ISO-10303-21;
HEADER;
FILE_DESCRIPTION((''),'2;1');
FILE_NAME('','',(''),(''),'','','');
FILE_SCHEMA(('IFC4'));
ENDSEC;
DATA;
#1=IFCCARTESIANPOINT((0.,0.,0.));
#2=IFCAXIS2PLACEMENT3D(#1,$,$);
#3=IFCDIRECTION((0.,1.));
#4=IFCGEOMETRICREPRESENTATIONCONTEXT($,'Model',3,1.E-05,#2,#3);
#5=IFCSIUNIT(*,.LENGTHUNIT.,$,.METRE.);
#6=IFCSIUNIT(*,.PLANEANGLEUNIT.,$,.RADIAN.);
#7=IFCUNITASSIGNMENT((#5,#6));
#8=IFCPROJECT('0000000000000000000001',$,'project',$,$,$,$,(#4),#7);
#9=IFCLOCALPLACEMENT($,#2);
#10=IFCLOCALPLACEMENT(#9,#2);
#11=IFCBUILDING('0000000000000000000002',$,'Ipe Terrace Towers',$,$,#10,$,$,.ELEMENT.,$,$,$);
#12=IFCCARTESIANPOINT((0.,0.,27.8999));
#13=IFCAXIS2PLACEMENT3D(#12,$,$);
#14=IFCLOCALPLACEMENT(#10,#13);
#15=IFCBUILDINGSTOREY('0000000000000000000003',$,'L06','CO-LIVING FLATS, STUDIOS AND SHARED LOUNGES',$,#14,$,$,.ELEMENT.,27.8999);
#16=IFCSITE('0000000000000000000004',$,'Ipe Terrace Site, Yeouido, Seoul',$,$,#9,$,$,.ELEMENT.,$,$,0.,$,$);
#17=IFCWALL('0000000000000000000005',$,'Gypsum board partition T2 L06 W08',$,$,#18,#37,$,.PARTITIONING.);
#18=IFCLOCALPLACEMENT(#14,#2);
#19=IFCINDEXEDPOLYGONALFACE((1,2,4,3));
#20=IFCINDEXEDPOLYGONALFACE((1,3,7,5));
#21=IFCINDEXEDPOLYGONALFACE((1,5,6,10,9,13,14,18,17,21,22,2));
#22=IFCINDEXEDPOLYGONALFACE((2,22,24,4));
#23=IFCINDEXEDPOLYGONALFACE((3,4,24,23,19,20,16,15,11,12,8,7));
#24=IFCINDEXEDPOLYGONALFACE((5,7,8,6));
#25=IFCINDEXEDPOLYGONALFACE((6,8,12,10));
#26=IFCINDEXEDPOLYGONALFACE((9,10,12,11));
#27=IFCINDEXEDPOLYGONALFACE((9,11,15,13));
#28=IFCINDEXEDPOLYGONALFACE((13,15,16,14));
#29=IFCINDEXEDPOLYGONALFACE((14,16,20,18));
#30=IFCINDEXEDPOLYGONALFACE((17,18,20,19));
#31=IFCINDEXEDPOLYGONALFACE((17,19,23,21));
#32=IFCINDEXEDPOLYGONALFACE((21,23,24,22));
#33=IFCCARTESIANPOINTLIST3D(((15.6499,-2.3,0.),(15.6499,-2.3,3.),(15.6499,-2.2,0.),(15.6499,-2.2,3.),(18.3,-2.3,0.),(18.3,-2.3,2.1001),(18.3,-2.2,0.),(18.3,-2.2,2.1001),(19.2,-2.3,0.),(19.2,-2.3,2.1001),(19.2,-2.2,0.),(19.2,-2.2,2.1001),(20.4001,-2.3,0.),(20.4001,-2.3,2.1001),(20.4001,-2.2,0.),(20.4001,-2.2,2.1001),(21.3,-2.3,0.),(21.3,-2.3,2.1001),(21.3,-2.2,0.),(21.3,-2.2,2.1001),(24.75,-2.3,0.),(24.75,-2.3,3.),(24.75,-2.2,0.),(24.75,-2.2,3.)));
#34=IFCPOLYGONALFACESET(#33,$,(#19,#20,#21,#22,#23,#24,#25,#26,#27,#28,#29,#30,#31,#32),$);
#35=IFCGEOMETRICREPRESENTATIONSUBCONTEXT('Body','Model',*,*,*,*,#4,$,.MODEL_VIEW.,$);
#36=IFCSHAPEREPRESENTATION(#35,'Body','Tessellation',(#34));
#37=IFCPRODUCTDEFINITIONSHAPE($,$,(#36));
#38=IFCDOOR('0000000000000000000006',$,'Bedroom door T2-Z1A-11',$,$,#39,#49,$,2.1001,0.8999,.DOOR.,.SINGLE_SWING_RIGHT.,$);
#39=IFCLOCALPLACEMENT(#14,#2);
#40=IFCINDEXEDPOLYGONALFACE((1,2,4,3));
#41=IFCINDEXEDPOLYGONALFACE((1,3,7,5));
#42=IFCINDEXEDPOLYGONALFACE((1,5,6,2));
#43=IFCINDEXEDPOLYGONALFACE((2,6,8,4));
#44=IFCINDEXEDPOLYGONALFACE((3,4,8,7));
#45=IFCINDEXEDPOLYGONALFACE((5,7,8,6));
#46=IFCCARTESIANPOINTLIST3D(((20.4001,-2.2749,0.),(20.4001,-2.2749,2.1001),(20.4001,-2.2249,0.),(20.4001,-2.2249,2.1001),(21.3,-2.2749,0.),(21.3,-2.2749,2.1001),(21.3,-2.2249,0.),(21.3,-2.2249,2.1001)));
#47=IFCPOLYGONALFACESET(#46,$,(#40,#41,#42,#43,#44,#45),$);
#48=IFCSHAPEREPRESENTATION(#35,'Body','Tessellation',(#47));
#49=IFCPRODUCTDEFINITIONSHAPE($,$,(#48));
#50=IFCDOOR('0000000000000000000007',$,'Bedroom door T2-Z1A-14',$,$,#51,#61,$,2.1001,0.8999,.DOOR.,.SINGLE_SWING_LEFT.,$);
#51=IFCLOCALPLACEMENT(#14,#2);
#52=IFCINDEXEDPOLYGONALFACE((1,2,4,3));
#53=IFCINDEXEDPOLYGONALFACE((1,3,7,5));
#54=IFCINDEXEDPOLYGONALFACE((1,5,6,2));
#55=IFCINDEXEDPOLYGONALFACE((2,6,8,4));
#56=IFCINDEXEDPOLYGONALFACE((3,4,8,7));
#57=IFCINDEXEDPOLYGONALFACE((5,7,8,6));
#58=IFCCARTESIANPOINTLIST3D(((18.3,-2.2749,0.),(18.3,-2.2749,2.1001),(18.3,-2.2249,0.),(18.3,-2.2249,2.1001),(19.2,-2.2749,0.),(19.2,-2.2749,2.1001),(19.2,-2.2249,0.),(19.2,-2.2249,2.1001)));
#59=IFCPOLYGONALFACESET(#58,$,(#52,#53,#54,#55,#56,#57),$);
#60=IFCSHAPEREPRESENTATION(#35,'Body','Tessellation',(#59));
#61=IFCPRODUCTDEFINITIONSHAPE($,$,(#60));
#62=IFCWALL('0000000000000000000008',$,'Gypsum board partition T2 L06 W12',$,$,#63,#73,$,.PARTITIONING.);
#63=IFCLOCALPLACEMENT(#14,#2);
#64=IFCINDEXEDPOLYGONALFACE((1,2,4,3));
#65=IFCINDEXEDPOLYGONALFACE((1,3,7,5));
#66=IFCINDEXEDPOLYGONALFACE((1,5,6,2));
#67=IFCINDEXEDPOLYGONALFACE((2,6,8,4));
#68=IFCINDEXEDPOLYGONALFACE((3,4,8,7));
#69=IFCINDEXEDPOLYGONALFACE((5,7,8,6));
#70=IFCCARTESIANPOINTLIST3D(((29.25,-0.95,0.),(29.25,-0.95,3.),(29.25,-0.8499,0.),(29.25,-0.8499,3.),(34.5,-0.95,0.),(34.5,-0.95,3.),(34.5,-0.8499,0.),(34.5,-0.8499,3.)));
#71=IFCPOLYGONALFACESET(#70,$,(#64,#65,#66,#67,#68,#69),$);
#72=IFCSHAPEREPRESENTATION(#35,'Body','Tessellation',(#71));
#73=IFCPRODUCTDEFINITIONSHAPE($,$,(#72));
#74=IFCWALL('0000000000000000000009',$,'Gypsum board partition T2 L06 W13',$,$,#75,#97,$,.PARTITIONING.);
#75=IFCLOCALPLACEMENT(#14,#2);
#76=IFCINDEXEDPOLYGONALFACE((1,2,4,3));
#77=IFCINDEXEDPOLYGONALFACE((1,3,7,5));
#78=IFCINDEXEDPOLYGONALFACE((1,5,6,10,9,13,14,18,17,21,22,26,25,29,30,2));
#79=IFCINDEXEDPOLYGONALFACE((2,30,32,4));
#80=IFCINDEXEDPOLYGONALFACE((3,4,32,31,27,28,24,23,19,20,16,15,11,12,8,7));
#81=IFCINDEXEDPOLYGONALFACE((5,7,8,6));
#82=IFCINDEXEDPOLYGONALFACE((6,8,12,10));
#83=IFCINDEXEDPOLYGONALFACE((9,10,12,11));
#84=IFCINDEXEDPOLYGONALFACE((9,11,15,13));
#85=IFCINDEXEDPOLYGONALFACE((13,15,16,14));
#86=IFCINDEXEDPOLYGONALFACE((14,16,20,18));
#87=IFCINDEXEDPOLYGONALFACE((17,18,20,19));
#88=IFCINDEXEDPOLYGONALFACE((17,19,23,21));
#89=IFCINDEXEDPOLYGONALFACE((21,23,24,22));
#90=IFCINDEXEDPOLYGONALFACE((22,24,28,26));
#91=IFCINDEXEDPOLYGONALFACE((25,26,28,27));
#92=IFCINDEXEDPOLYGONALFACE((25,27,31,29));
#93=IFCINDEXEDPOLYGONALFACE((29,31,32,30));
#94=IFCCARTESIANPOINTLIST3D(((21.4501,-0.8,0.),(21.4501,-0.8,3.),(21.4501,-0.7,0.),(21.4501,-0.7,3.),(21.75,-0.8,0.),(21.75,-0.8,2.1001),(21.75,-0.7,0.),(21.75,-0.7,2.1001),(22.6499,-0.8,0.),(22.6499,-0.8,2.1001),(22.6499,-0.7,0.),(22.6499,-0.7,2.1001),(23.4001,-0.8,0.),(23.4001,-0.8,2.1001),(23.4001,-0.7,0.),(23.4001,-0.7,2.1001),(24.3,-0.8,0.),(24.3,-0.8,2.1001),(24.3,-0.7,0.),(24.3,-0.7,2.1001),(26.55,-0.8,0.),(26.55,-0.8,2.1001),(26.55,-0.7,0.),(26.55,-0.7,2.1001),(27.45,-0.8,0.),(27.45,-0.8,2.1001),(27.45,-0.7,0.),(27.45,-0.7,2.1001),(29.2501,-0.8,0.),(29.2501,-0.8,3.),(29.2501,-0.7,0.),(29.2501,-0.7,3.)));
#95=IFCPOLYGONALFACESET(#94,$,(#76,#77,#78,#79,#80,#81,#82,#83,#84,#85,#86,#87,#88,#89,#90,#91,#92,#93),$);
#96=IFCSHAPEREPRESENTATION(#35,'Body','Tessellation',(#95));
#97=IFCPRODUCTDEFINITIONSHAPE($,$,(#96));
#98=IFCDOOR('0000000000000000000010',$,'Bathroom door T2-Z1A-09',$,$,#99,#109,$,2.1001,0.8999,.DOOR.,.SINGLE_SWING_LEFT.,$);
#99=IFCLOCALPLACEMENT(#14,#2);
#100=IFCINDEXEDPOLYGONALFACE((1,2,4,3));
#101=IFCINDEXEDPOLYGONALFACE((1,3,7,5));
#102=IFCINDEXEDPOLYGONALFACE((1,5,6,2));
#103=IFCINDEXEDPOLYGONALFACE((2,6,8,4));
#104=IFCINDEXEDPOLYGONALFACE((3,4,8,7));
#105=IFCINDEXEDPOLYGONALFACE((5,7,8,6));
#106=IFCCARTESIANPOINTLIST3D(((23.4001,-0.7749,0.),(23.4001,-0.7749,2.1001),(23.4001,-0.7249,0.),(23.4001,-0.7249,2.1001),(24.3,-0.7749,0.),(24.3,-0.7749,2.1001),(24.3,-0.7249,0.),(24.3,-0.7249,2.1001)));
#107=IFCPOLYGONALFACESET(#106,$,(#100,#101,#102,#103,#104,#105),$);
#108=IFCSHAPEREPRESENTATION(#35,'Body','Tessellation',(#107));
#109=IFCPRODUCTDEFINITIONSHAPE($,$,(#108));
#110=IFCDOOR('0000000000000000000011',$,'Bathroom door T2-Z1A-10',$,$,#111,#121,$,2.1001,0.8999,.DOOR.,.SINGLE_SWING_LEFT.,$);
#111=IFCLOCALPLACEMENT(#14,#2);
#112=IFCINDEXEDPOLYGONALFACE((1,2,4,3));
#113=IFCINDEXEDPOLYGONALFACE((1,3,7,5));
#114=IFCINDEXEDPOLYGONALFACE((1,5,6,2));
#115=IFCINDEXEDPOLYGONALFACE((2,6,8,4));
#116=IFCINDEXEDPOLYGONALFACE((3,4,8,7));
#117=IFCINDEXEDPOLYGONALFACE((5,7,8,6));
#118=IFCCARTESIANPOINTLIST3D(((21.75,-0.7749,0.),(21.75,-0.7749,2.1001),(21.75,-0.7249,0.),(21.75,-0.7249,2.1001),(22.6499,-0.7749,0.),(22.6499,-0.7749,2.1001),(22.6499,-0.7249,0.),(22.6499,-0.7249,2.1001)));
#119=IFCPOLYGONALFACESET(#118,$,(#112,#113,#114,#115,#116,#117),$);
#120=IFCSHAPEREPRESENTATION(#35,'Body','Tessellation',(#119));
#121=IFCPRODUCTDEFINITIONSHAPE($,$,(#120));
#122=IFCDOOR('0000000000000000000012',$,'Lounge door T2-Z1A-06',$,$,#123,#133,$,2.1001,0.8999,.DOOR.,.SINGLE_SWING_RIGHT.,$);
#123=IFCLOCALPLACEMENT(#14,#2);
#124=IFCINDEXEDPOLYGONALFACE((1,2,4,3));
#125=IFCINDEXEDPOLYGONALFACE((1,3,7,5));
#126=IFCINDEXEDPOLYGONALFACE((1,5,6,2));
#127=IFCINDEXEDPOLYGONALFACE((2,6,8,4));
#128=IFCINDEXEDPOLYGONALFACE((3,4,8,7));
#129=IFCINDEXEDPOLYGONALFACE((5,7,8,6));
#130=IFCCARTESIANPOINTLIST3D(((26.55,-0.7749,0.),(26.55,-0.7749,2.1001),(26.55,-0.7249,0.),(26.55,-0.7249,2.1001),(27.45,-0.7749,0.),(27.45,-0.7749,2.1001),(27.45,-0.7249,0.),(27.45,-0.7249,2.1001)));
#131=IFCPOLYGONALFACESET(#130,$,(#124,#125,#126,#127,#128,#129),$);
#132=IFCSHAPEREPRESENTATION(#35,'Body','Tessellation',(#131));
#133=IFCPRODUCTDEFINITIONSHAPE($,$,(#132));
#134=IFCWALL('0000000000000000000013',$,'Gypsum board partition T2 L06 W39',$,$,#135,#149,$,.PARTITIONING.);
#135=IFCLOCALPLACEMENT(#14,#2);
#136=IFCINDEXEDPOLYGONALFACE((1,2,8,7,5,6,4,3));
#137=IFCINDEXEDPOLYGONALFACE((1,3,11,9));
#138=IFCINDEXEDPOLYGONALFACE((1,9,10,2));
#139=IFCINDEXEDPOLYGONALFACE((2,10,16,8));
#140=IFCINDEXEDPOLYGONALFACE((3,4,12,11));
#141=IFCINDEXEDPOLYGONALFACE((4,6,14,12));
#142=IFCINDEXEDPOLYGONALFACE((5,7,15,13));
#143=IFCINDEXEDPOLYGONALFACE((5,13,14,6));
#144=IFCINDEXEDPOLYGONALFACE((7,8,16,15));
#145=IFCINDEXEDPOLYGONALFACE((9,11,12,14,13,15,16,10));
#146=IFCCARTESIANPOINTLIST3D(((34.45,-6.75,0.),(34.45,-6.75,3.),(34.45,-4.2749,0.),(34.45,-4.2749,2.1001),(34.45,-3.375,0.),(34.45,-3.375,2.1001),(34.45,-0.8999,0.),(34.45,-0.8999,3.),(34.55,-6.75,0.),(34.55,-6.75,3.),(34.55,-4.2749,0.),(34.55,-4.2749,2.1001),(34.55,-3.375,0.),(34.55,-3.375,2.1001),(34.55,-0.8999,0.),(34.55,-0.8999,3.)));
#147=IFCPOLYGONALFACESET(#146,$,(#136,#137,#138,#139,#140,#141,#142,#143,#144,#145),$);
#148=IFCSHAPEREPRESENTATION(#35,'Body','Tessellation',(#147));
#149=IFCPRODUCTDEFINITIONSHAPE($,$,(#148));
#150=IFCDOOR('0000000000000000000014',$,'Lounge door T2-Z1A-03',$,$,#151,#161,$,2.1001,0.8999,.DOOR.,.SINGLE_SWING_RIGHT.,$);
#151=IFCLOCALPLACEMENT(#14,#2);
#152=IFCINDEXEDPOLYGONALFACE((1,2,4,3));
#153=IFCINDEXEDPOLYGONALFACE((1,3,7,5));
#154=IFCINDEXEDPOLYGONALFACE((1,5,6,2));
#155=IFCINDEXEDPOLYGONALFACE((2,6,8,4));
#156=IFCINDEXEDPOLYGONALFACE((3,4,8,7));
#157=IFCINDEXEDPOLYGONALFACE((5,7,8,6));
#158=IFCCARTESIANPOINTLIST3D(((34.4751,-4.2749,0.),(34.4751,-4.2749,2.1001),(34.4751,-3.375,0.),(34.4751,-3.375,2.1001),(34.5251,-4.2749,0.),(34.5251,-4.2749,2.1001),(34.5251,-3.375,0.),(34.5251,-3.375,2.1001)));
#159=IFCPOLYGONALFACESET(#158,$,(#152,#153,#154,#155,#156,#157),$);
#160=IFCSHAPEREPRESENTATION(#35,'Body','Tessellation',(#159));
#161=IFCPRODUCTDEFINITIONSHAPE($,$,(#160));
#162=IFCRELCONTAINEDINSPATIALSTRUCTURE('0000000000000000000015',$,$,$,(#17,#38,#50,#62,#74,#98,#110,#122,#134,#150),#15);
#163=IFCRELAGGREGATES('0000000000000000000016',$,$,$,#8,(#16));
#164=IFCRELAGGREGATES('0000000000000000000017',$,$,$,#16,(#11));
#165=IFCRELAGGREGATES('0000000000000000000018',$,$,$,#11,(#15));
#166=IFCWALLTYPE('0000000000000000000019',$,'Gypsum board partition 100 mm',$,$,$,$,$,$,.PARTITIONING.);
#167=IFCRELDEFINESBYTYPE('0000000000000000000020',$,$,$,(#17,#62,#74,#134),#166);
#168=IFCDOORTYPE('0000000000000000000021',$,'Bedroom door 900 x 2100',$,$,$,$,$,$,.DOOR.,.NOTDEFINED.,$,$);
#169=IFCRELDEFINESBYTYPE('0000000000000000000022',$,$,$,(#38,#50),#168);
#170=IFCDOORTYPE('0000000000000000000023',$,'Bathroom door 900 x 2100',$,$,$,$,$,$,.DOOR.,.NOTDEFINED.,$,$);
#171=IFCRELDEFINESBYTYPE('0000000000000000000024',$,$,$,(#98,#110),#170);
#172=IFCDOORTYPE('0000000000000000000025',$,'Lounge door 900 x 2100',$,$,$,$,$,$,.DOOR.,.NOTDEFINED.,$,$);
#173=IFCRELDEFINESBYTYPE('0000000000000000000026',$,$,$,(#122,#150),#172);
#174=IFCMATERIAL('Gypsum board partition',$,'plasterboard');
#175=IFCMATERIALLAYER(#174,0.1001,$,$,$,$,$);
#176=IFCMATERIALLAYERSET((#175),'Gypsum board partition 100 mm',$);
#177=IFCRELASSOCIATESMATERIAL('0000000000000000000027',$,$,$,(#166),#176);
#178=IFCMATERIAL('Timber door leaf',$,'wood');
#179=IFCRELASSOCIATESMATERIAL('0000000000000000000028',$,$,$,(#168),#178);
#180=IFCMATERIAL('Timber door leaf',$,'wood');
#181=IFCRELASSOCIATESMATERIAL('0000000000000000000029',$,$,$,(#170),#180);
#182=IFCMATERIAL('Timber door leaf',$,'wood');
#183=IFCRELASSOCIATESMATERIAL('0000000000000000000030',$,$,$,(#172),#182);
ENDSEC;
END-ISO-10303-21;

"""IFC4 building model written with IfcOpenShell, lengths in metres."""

from ifc_helpers import new_model, si_unit, direction, frame, frame_2d, origin, place, context, subcontext, project, spatial, rectangle, extrude, material, layer, layer_set, type_object, element, fill, save


model = new_model("IFC4")

# Units and contexts
model_context = context("Model", 3, precision=1e-05, world=origin(), true_north=direction((0.0, 1.0)))
body_context = subcontext(model_context, "Body", "Model", "MODEL_VIEW")
ifc_project = project(units=[si_unit("LENGTHUNIT", "METRE"), si_unit("PLANEANGLEUNIT", "RADIAN")], contexts=[model_context])

# Site, building, storey
site_placement = place(None, origin())
site = spatial("IfcSite", under=ifc_project, at=site_placement, Name="Ipe Terrace Site, Yeouido, Seoul", CompositionType="ELEMENT", RefElevation=0.0)
building_placement = place(site_placement, origin())
building = spatial("IfcBuilding", under=site, at=building_placement, Name="Ipe Terrace Towers", CompositionType="ELEMENT")
storey_placement = place(building_placement, frame((0.0, 0.0, 27.8999)))
storey = spatial("IfcBuildingStorey", under=building, at=storey_placement, Name="L06", Description="CO-LIVING FLATS, STUDIOS AND SHARED LOUNGES", CompositionType="ELEMENT", Elevation=27.8999)

# Wall, openings, doors
ifc_material_1 = material(Name="Gypsum board partition", Category="plasterboard")
ifc_layer_1 = layer(ifc_material_1, 0.1001)
ifc_layer_set_1 = layer_set([ifc_layer_1], Name="Gypsum board partition 100 mm")
wall_type_1 = type_object("IfcWallType", Name="Gypsum board partition 100 mm", PredefinedType="PARTITIONING", material=ifc_layer_set_1)
wall_1_placement = place(storey_placement, frame((24.75, -2.25, 0.0), z_axis=(0.0, 0.0, 1.0), x_axis=(-1.0, 0.0, 0.0)))
wall_1 = element("IfcWall", 1, at=wall_1_placement, inside=storey, type_object=wall_type_1, Name="Gypsum board partition T2 L06 W08", PredefinedType="PARTITIONING", context=body_context, shape_type="SweptSolid", body=[
    extrude(rectangle(XDim=9.1001, YDim=0.1001, at=frame_2d((4.55, 0.0))), origin(), (0.0, 0.0, 1.0), 3.0),
])
opening_1_placement = place(wall_1_placement, frame((3.45, 0.0, 0.0)))
opening_1 = element("IfcOpeningElement", 2, at=opening_1_placement, cuts=wall_1, PredefinedType="OPENING", context=body_context, shape_type="SweptSolid", body=[
    extrude(rectangle(XDim=0.8999, YDim=2.1001, at=frame_2d((0.45, 1.05))), frame((0.0, 0.0601, 0.0), z_axis=(0.0, -1.0, 0.0), x_axis=(1.0, 0.0, 0.0)), (0.0, 0.0, 1.0), 0.1201),
])
opening_2_placement = place(wall_1_placement, frame((5.55, 0.0, 0.0)))
opening_2 = element("IfcOpeningElement", 3, at=opening_2_placement, cuts=wall_1, PredefinedType="OPENING", context=body_context, shape_type="SweptSolid", body=[
    extrude(rectangle(XDim=0.8999, YDim=2.1001, at=frame_2d((0.45, 1.05))), frame((0.0, 0.0601, 0.0), z_axis=(0.0, -1.0, 0.0), x_axis=(1.0, 0.0, 0.0)), (0.0, 0.0, 1.0), 0.1201),
])
ifc_material_2 = material(Name="Timber door leaf", Category="wood")
door_type_1 = type_object("IfcDoorType", Name="Bedroom door 900 x 2100", OperationType="NOTDEFINED", PredefinedType="DOOR", material=ifc_material_2)
door_1_placement = place(opening_1_placement, origin())
door_1 = element("IfcDoor", 4, at=door_1_placement, inside=storey, type_object=door_type_1, Name="Bedroom door T2-Z1A-11", OperationType="SINGLE_SWING_RIGHT", OverallHeight=2.1001, OverallWidth=0.8999, PredefinedType="DOOR", context=body_context, shape_type="SweptSolid", body=[
    extrude(rectangle(XDim=0.8999, YDim=2.1001, at=frame_2d((0.45, 1.05))), frame((0.0, 0.0249, 0.0), z_axis=(0.0, -1.0, 0.0), x_axis=(1.0, 0.0, 0.0)), (0.0, 0.0, 1.0), 0.05),
])
fill(opening_1, door_1)
door_2_placement = place(opening_2_placement, origin())
door_2 = element("IfcDoor", 5, at=door_2_placement, inside=storey, type_object=door_type_1, Name="Bedroom door T2-Z1A-14", OperationType="SINGLE_SWING_LEFT", OverallHeight=2.1001, OverallWidth=0.8999, PredefinedType="DOOR", context=body_context, shape_type="SweptSolid", body=[
    extrude(rectangle(XDim=0.8999, YDim=2.1001, at=frame_2d((0.45, 1.05))), frame((0.0, 0.0249, 0.0), z_axis=(0.0, -1.0, 0.0), x_axis=(1.0, 0.0, 0.0)), (0.0, 0.0, 1.0), 0.05),
])
fill(opening_2, door_2)

# Wall
wall_2_placement = place(storey_placement, frame((34.5, -0.8999, 0.0), z_axis=(0.0, 0.0, 1.0), x_axis=(-1.0, 0.0, 0.0)))
element("IfcWall", 6, at=wall_2_placement, inside=storey, type_object=wall_type_1, Name="Gypsum board partition T2 L06 W12", PredefinedType="PARTITIONING", context=body_context, shape_type="SweptSolid", body=[
    extrude(rectangle(XDim=5.25, YDim=0.1001, at=frame_2d((2.625, 0.0))), origin(), (0.0, 0.0, 1.0), 3.0),
])

# Wall, openings, doors
wall_3_placement = place(storey_placement, frame((29.25, -0.75, 0.0), z_axis=(0.0, 0.0, 1.0), x_axis=(-1.0, 0.0, 0.0)))
wall_3 = element("IfcWall", 7, at=wall_3_placement, inside=storey, type_object=wall_type_1, Name="Gypsum board partition T2 L06 W13", PredefinedType="PARTITIONING", context=body_context, shape_type="SweptSolid", body=[
    extrude(rectangle(XDim=7.8, YDim=0.1001, at=frame_2d((3.8999, 0.0))), origin(), (0.0, 0.0, 1.0), 3.0),
])
opening_3_placement = place(wall_3_placement, frame((1.8, 0.0, 0.0)))
opening_3 = element("IfcOpeningElement", 8, at=opening_3_placement, cuts=wall_3, PredefinedType="OPENING", context=body_context, shape_type="SweptSolid", body=[
    extrude(rectangle(XDim=0.8999, YDim=2.1001, at=frame_2d((0.45, 1.05))), frame((0.0, 0.0601, 0.0), z_axis=(0.0, -1.0, 0.0), x_axis=(1.0, 0.0, 0.0)), (0.0, 0.0, 1.0), 0.1201),
])
opening_4_placement = place(wall_3_placement, frame((4.95, 0.0, 0.0)))
opening_4 = element("IfcOpeningElement", 9, at=opening_4_placement, cuts=wall_3, PredefinedType="OPENING", context=body_context, shape_type="SweptSolid", body=[
    extrude(rectangle(XDim=0.8999, YDim=2.1001, at=frame_2d((0.45, 1.05))), frame((0.0, 0.0601, 0.0), z_axis=(0.0, -1.0, 0.0), x_axis=(1.0, 0.0, 0.0)), (0.0, 0.0, 1.0), 0.1201),
])
opening_5_placement = place(wall_3_placement, frame((6.6001, 0.0, 0.0)))
opening_5 = element("IfcOpeningElement", 10, at=opening_5_placement, cuts=wall_3, PredefinedType="OPENING", context=body_context, shape_type="SweptSolid", body=[
    extrude(rectangle(XDim=0.8999, YDim=2.1001, at=frame_2d((0.45, 1.05))), frame((0.0, 0.0601, 0.0), z_axis=(0.0, -1.0, 0.0), x_axis=(1.0, 0.0, 0.0)), (0.0, 0.0, 1.0), 0.1201),
])
ifc_material_3 = material(Name="Timber door leaf", Category="wood")
door_type_2 = type_object("IfcDoorType", Name="Bathroom door 900 x 2100", OperationType="NOTDEFINED", PredefinedType="DOOR", material=ifc_material_3)
door_3_placement = place(opening_4_placement, origin())
door_3 = element("IfcDoor", 11, at=door_3_placement, inside=storey, type_object=door_type_2, Name="Bathroom door T2-Z1A-09", OperationType="SINGLE_SWING_LEFT", OverallHeight=2.1001, OverallWidth=0.8999, PredefinedType="DOOR", context=body_context, shape_type="SweptSolid", body=[
    extrude(rectangle(XDim=0.8999, YDim=2.1001, at=frame_2d((0.45, 1.05))), frame((0.0, 0.0249, 0.0), z_axis=(0.0, -1.0, 0.0), x_axis=(1.0, 0.0, 0.0)), (0.0, 0.0, 1.0), 0.05),
])
fill(opening_4, door_3)
door_4_placement = place(opening_5_placement, origin())
door_4 = element("IfcDoor", 12, at=door_4_placement, inside=storey, type_object=door_type_2, Name="Bathroom door T2-Z1A-10", OperationType="SINGLE_SWING_LEFT", OverallHeight=2.1001, OverallWidth=0.8999, PredefinedType="DOOR", context=body_context, shape_type="SweptSolid", body=[
    extrude(rectangle(XDim=0.8999, YDim=2.1001, at=frame_2d((0.45, 1.05))), frame((0.0, 0.0249, 0.0), z_axis=(0.0, -1.0, 0.0), x_axis=(1.0, 0.0, 0.0)), (0.0, 0.0, 1.0), 0.05),
])
fill(opening_5, door_4)
ifc_material_4 = material(Name="Timber door leaf", Category="wood")
door_type_3 = type_object("IfcDoorType", Name="Lounge door 900 x 2100", OperationType="NOTDEFINED", PredefinedType="DOOR", material=ifc_material_4)
door_5_placement = place(opening_3_placement, origin())
door_5 = element("IfcDoor", 13, at=door_5_placement, inside=storey, type_object=door_type_3, Name="Lounge door T2-Z1A-06", OperationType="SINGLE_SWING_RIGHT", OverallHeight=2.1001, OverallWidth=0.8999, PredefinedType="DOOR", context=body_context, shape_type="SweptSolid", body=[
    extrude(rectangle(XDim=0.8999, YDim=2.1001, at=frame_2d((0.45, 1.05))), frame((0.0, 0.0249, 0.0), z_axis=(0.0, -1.0, 0.0), x_axis=(1.0, 0.0, 0.0)), (0.0, 0.0, 1.0), 0.05),
])
fill(opening_3, door_5)

# Wall, opening, door
wall_4_placement = place(storey_placement, frame((34.5, -6.75, 0.0), z_axis=(0.0, 0.0, 1.0), x_axis=(0.0, 1.0, 0.0)))
wall_4 = element("IfcWall", 14, at=wall_4_placement, inside=storey, type_object=wall_type_1, Name="Gypsum board partition T2 L06 W39", PredefinedType="PARTITIONING", context=body_context, shape_type="SweptSolid", body=[
    extrude(rectangle(XDim=5.8501, YDim=0.1001, at=frame_2d((2.925, 0.0))), origin(), (0.0, 0.0, 1.0), 3.0),
])
opening_6_placement = place(wall_4_placement, frame((2.4751, 0.0, 0.0)))
opening_6 = element("IfcOpeningElement", 15, at=opening_6_placement, cuts=wall_4, PredefinedType="OPENING", context=body_context, shape_type="SweptSolid", body=[
    extrude(rectangle(XDim=0.8999, YDim=2.1001, at=frame_2d((0.45, 1.05))), frame((0.0, 0.0601, 0.0), z_axis=(0.0, -1.0, 0.0), x_axis=(1.0, 0.0, 0.0)), (0.0, 0.0, 1.0), 0.1201),
])
door_6_placement = place(opening_6_placement, origin())
door_6 = element("IfcDoor", 16, at=door_6_placement, inside=storey, type_object=door_type_3, Name="Lounge door T2-Z1A-03", OperationType="SINGLE_SWING_RIGHT", OverallHeight=2.1001, OverallWidth=0.8999, PredefinedType="DOOR", context=body_context, shape_type="SweptSolid", body=[
    extrude(rectangle(XDim=0.8999, YDim=2.1001, at=frame_2d((0.45, 1.05))), frame((0.0, 0.0249, 0.0), z_axis=(0.0, -1.0, 0.0), x_axis=(1.0, 0.0, 0.0)), (0.0, 0.0, 1.0), 0.05),
])
fill(opening_6, door_6)

save(model, "model.ifc")
